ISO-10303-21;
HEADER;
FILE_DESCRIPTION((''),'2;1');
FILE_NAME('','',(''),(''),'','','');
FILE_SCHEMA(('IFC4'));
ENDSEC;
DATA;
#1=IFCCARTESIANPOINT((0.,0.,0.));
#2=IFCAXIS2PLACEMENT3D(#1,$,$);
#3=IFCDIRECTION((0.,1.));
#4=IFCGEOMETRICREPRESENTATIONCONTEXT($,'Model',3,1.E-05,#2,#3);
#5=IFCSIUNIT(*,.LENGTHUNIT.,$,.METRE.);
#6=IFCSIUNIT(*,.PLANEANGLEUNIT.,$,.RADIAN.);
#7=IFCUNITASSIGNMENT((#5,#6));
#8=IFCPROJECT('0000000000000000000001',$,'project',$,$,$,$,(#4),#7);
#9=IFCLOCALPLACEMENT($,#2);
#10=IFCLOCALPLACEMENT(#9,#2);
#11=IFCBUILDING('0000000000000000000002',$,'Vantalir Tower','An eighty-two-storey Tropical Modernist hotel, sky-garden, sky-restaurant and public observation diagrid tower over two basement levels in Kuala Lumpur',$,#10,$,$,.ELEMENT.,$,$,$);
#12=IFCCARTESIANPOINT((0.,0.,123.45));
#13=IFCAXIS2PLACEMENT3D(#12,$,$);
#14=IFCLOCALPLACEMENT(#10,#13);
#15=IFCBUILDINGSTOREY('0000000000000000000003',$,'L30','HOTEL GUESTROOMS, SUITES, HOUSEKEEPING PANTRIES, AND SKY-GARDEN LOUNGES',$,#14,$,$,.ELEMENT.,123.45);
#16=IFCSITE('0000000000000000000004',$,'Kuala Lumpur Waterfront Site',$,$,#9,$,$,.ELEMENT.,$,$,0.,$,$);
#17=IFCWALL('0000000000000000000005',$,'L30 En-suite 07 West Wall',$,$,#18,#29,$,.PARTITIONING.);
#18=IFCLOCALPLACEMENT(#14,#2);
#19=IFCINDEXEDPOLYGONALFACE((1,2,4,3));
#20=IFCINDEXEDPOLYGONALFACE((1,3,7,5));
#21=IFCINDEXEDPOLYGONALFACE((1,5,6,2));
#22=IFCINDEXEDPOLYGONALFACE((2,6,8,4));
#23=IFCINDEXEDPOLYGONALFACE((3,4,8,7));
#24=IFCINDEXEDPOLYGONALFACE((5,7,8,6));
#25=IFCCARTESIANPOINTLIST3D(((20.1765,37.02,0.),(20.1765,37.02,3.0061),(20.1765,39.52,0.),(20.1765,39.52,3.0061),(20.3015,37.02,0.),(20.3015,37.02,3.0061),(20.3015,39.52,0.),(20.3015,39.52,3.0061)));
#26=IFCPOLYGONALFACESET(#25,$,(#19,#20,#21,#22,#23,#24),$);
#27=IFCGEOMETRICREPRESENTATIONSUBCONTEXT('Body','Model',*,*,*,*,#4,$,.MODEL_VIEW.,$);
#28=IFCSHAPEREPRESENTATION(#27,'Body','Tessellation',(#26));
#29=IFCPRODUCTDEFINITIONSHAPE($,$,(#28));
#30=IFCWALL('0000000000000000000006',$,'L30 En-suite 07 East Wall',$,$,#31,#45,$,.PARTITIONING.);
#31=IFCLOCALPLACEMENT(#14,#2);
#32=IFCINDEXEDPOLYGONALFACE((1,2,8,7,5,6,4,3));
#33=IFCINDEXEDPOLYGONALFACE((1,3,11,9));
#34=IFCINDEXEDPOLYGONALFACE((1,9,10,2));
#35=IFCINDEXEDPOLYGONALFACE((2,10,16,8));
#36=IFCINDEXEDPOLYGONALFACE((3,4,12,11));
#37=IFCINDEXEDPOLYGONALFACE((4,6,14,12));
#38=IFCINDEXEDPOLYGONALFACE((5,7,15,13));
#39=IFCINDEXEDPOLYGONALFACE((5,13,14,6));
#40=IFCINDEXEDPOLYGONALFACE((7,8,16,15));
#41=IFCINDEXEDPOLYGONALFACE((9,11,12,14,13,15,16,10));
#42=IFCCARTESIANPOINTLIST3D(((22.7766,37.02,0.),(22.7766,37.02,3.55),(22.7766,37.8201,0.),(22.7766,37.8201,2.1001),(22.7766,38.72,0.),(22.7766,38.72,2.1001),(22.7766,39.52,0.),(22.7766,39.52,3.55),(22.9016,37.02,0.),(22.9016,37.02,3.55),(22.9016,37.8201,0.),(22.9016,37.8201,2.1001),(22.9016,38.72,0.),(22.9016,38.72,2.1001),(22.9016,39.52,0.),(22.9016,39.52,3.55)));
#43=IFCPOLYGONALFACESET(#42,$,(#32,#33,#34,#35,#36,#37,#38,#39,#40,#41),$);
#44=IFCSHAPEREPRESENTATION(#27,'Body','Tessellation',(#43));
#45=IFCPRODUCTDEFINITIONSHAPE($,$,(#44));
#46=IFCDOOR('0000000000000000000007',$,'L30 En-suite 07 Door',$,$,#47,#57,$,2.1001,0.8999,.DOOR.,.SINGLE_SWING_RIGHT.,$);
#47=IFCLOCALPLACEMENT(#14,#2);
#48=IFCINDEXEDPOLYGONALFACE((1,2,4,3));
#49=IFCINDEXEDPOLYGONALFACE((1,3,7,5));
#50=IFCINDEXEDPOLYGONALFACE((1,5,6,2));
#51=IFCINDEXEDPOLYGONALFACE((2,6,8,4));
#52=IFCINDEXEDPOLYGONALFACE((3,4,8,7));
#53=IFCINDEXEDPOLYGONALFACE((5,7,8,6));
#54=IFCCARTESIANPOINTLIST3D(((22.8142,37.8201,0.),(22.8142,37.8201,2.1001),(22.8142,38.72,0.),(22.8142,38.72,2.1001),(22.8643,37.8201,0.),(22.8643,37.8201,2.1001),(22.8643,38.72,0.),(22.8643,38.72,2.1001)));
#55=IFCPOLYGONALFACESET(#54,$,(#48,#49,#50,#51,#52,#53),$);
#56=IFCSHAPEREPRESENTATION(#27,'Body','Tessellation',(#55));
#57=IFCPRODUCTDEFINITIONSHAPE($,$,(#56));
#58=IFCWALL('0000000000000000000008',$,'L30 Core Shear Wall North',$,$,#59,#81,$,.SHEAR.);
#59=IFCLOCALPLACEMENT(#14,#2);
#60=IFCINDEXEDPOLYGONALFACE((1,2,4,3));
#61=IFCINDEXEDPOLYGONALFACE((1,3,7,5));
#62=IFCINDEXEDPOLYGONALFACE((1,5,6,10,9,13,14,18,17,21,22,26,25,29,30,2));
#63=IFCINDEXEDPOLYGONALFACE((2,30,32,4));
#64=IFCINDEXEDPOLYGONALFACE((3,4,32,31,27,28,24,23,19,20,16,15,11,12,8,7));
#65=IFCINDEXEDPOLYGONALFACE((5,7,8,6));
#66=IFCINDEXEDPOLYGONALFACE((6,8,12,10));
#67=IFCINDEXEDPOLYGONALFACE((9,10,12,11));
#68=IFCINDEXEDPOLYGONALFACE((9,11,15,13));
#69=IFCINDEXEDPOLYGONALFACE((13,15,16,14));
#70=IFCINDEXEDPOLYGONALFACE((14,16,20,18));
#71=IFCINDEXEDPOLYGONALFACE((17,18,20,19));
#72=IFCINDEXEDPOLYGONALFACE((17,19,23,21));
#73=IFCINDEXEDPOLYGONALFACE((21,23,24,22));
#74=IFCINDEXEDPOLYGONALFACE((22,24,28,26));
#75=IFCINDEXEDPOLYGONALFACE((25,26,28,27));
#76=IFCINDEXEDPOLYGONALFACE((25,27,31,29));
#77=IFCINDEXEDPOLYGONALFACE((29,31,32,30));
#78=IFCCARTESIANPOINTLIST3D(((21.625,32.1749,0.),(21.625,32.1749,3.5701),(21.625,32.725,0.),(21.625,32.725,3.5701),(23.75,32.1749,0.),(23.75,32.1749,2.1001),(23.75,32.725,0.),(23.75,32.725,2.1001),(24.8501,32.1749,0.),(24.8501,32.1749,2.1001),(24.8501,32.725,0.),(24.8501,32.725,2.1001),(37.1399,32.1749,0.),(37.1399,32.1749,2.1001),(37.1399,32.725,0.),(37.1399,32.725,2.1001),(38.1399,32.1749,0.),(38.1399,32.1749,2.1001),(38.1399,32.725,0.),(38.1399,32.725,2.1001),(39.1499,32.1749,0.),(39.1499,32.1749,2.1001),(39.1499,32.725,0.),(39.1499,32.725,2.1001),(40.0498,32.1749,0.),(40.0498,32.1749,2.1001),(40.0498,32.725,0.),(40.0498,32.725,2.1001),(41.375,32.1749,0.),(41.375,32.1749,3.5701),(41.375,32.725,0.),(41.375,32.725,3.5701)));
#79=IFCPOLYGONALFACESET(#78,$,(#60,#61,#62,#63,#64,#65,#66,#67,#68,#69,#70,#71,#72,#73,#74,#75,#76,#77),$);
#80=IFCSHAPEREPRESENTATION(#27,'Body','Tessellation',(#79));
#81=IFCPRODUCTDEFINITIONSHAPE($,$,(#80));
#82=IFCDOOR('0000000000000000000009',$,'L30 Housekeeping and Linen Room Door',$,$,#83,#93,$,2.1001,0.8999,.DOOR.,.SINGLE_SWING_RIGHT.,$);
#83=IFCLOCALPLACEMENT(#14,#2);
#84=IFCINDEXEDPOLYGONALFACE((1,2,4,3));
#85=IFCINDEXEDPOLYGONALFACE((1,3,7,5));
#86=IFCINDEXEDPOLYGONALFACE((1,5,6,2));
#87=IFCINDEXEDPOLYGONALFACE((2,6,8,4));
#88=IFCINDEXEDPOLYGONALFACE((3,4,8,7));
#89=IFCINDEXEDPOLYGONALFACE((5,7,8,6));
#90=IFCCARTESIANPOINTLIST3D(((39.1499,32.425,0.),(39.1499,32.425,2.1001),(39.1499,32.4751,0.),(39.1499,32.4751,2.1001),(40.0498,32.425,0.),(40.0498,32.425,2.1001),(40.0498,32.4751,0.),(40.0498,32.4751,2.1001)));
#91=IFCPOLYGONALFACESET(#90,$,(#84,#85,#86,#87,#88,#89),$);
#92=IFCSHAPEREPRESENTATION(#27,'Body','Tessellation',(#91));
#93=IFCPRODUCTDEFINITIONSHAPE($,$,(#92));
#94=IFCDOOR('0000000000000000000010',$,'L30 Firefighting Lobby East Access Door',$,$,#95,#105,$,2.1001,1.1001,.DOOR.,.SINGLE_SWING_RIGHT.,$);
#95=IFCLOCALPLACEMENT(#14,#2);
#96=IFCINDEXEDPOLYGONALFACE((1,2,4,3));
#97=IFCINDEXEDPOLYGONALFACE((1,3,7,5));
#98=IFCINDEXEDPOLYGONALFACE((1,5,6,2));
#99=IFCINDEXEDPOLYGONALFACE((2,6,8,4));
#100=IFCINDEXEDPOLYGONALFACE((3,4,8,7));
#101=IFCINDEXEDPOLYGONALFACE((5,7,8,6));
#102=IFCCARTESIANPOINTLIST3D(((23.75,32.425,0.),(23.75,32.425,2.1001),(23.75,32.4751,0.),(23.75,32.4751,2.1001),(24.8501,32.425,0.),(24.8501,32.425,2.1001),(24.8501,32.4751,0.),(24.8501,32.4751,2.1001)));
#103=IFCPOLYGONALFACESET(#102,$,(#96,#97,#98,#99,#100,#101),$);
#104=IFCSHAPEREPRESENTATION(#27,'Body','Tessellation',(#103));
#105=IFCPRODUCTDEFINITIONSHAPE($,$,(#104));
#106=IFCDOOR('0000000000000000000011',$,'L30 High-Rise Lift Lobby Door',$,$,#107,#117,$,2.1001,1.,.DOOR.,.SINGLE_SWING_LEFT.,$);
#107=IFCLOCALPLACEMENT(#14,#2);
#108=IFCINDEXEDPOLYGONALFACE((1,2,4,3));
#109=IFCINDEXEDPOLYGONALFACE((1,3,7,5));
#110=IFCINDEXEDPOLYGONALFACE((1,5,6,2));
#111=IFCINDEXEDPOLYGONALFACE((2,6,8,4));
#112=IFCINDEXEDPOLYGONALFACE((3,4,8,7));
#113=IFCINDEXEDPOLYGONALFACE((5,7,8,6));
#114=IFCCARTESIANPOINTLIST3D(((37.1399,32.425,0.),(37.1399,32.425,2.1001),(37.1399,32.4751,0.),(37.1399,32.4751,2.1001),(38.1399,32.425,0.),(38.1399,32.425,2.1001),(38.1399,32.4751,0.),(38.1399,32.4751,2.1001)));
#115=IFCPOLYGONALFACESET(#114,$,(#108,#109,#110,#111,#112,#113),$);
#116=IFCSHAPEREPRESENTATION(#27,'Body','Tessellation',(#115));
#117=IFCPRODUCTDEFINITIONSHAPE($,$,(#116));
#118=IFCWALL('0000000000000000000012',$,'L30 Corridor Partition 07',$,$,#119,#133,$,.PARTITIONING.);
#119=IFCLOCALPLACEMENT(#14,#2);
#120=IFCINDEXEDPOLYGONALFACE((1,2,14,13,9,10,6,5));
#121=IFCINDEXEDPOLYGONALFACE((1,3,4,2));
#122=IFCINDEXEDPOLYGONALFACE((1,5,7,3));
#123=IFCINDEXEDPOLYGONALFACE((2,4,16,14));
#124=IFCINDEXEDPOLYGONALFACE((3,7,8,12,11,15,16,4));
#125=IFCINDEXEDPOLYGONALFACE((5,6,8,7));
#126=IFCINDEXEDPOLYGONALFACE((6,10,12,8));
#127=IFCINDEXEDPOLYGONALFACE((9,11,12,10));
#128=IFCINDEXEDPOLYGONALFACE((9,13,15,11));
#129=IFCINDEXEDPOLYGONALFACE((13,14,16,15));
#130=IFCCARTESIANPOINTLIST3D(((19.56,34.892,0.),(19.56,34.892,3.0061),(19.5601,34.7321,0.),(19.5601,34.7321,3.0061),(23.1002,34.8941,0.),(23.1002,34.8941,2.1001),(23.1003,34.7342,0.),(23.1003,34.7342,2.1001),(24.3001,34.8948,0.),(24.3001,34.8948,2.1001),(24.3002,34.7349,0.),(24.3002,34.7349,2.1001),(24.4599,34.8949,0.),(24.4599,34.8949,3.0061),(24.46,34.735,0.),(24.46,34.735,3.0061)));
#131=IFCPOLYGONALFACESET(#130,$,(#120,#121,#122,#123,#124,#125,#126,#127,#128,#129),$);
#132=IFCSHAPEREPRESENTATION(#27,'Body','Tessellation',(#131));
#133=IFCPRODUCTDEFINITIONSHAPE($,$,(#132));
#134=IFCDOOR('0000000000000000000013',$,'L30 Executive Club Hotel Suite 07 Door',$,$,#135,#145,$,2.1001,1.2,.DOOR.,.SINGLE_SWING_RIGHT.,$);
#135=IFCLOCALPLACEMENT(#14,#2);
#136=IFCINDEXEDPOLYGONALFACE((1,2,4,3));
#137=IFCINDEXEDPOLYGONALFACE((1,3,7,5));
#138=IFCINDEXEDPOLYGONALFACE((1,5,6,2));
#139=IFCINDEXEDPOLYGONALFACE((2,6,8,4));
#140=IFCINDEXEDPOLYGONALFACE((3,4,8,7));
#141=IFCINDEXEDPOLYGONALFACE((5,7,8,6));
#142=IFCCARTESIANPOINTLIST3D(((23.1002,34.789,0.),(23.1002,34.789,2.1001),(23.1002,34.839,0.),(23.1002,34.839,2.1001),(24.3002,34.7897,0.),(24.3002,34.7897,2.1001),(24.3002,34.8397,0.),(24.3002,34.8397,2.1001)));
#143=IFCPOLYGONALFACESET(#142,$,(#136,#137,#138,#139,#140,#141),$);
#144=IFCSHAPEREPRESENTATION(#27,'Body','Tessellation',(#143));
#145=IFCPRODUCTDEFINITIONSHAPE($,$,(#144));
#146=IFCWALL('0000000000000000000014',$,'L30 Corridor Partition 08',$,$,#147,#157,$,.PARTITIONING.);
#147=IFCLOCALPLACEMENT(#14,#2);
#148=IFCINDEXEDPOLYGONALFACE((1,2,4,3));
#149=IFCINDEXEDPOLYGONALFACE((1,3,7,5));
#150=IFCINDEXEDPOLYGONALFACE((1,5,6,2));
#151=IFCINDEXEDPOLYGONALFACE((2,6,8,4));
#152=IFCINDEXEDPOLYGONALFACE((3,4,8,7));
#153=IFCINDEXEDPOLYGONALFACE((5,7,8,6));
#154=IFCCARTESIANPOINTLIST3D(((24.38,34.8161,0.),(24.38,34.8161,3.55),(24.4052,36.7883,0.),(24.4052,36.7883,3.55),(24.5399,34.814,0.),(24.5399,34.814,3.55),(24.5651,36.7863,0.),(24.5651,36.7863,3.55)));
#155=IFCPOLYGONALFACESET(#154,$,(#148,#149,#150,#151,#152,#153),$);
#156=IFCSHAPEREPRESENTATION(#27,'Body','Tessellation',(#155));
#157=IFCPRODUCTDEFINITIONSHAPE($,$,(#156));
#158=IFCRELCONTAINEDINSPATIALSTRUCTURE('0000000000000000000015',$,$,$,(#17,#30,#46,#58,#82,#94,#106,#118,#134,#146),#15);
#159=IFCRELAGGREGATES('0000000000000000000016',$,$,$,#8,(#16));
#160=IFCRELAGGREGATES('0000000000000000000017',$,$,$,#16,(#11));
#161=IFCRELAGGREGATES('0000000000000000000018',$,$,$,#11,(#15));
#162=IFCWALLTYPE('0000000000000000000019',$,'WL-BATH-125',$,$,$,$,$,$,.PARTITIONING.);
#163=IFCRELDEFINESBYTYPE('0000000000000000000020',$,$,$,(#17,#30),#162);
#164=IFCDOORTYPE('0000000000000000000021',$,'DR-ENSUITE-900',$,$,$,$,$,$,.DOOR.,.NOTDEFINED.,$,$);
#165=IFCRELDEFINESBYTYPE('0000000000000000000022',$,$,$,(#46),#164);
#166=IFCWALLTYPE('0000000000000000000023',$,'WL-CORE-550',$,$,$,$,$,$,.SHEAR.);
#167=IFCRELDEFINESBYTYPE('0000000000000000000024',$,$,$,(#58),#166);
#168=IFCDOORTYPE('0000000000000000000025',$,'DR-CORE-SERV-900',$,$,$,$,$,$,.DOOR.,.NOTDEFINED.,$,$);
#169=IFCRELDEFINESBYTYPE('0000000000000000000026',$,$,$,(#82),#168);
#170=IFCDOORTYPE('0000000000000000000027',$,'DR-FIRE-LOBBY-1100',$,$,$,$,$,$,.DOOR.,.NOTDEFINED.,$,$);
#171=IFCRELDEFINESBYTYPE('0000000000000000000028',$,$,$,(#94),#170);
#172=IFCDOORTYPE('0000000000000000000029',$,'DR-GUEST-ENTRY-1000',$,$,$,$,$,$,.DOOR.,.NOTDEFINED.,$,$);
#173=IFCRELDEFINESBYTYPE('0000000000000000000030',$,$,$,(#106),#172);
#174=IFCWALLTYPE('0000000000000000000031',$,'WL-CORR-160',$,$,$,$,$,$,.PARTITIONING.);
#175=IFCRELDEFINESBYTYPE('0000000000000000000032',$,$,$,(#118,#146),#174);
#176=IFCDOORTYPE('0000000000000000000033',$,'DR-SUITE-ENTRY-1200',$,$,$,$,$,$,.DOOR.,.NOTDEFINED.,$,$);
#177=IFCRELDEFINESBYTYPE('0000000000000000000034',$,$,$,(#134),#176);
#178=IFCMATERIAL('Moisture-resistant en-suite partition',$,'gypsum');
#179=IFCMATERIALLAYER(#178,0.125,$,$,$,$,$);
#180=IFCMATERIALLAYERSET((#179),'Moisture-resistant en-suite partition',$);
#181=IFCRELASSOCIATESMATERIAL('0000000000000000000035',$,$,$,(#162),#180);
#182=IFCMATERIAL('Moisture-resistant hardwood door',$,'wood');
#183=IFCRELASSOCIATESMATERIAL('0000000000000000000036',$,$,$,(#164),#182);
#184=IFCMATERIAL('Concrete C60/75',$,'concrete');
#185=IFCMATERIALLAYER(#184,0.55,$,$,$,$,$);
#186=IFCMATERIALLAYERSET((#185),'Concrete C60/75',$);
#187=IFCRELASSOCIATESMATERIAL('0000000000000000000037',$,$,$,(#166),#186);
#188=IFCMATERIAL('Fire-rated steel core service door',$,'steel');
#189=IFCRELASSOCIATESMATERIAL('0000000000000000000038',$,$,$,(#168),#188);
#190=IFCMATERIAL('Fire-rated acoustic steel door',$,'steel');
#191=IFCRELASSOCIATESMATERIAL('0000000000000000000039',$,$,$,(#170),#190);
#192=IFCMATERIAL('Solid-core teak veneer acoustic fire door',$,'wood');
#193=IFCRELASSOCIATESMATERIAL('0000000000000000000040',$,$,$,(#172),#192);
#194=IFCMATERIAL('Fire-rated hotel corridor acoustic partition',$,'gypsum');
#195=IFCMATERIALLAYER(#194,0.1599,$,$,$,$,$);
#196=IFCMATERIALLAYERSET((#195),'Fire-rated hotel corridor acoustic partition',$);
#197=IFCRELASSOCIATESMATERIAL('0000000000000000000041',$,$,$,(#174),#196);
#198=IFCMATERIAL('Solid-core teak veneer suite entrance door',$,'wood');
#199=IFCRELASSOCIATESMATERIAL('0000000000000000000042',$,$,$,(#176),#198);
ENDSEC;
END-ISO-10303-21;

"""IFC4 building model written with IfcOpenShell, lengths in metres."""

from ifc_helpers import new_model, si_unit, direction, frame, frame_2d, origin, place, context, subcontext, project, spatial, rectangle, extrude, material, layer, layer_set, type_object, element, fill, save


model = new_model("IFC4")

# Units and contexts
model_context = context("Model", 3, precision=1e-05, world=origin(), true_north=direction((0.0, 1.0)))
body_context = subcontext(model_context, "Body", "Model", "MODEL_VIEW")
ifc_project = project(units=[si_unit("LENGTHUNIT", "METRE"), si_unit("PLANEANGLEUNIT", "RADIAN")], contexts=[model_context])

# Site, building, storey
site_placement = place(None, origin())
site = spatial("IfcSite", under=ifc_project, at=site_placement, Name="Kuala Lumpur Waterfront Site", CompositionType="ELEMENT", RefElevation=0.0)
building_placement = place(site_placement, origin())
building = spatial("IfcBuilding", under=site, at=building_placement, Name="Vantalir Tower", Description="An eighty-two-storey Tropical Modernist hotel, sky-garden, sky-restaurant and public observation diagrid tower over two basement levels in Kuala Lumpur", CompositionType="ELEMENT")
storey_placement = place(building_placement, frame((0.0, 0.0, 123.45)))
storey = spatial("IfcBuildingStorey", under=building, at=storey_placement, Name="L30", Description="HOTEL GUESTROOMS, SUITES, HOUSEKEEPING PANTRIES, AND SKY-GARDEN LOUNGES", CompositionType="ELEMENT", Elevation=123.45)

# Shared definitions
ifc_material_1 = material(Name="Concrete C60/75", Category="concrete")

# Wall
ifc_material_2 = material(Name="Moisture-resistant en-suite partition", Category="gypsum")
ifc_layer_1 = layer(ifc_material_2, 0.125)
ifc_layer_set_1 = layer_set([ifc_layer_1], Name="Moisture-resistant en-suite partition")
wall_type_1 = type_object("IfcWallType", Name="WL-BATH-125", PredefinedType="PARTITIONING", material=ifc_layer_set_1)
wall_1_placement = place(storey_placement, frame((20.239, 37.02, 0.0), z_axis=(0.0, 0.0, 1.0), x_axis=(0.0, 1.0, 0.0)))
element("IfcWall", 1, at=wall_1_placement, inside=storey, type_object=wall_type_1, Name="L30 En-suite 07 West Wall", PredefinedType="PARTITIONING", context=body_context, shape_type="SweptSolid", body=[
    extrude(rectangle(XDim=2.5, YDim=0.125, at=frame_2d((1.25, 0.0))), origin(), (0.0, 0.0, 1.0), 3.0061),
])

# Wall, opening, door
wall_2_placement = place(storey_placement, frame((22.8391, 37.02, 0.0), z_axis=(0.0, 0.0, 1.0), x_axis=(0.0, 1.0, 0.0)))
wall_2 = element("IfcWall", 2, at=wall_2_placement, inside=storey, type_object=wall_type_1, Name="L30 En-suite 07 East Wall", PredefinedType="PARTITIONING", context=body_context, shape_type="SweptSolid", body=[
    extrude(rectangle(XDim=2.5, YDim=0.125, at=frame_2d((1.25, 0.0))), origin(), (0.0, 0.0, 1.0), 3.55),
])
opening_1_placement = place(wall_2_placement, frame((0.8, 0.0, 0.0)))
opening_1 = element("IfcOpeningElement", 3, at=opening_1_placement, cuts=wall_2, PredefinedType="OPENING", context=body_context, shape_type="SweptSolid", body=[
    extrude(rectangle(XDim=0.8999, YDim=2.1001, at=frame_2d((0.45, 1.05))), frame((0.0, 0.0725, 0.0), z_axis=(0.0, -1.0, 0.0), x_axis=(1.0, 0.0, 0.0)), (0.0, 0.0, 1.0), 0.145),
])
ifc_material_3 = material(Name="Moisture-resistant hardwood door", Category="wood")
door_type_1 = type_object("IfcDoorType", Name="DR-ENSUITE-900", OperationType="NOTDEFINED", PredefinedType="DOOR", material=ifc_material_3)
door_1_placement = place(opening_1_placement, origin())
door_1 = element("IfcDoor", 4, at=door_1_placement, inside=storey, type_object=door_type_1, Name="L30 En-suite 07 Door", OperationType="SINGLE_SWING_RIGHT", OverallHeight=2.1001, OverallWidth=0.8999, PredefinedType="DOOR", context=body_context, shape_type="SweptSolid", body=[
    extrude(rectangle(XDim=0.8999, YDim=2.1001, at=frame_2d((0.45, 1.05))), frame((0.0, 0.0249, 0.0), z_axis=(0.0, -1.0, 0.0), x_axis=(1.0, 0.0, 0.0)), (0.0, 0.0, 1.0), 0.05),
])
fill(opening_1, door_1)

# Wall, openings, doors
ifc_layer_2 = layer(ifc_material_1, 0.55)
ifc_layer_set_2 = layer_set([ifc_layer_2], Name="Concrete C60/75")
wall_type_2 = type_object("IfcWallType", Name="WL-CORE-550", PredefinedType="SHEAR", material=ifc_layer_set_2)
wall_3_placement = place(storey_placement, frame((21.625, 32.45, 0.0), z_axis=(0.0, 0.0, 1.0), x_axis=(1.0, 0.0, 0.0)))
wall_3 = element("IfcWall", 5, at=wall_3_placement, inside=storey, type_object=wall_type_2, Name="L30 Core Shear Wall North", PredefinedType="SHEAR", context=body_context, shape_type="SweptSolid", body=[
    extrude(rectangle(XDim=19.75, YDim=0.55, at=frame_2d((9.875, 0.0))), origin(), (0.0, 0.0, 1.0), 3.5701),
])
opening_2_placement = place(wall_3_placement, frame((2.125, 0.0, 0.0)))
opening_2 = element("IfcOpeningElement", 6, at=opening_2_placement, cuts=wall_3, PredefinedType="OPENING", context=body_context, shape_type="SweptSolid", body=[
    extrude(rectangle(XDim=1.1001, YDim=2.1001, at=frame_2d((0.55, 1.05))), frame((0.0, 0.2849, 0.0), z_axis=(0.0, -1.0, 0.0), x_axis=(1.0, 0.0, 0.0)), (0.0, 0.0, 1.0), 0.5701),
])
opening_3_placement = place(wall_3_placement, frame((15.5149, 0.0, 0.0)))
opening_3 = element("IfcOpeningElement", 7, at=opening_3_placement, cuts=wall_3, PredefinedType="OPENING", context=body_context, shape_type="SweptSolid", body=[
    extrude(rectangle(XDim=1.0, YDim=2.1001, at=frame_2d((0.5, 1.05))), frame((0.0, 0.2849, 0.0), z_axis=(0.0, -1.0, 0.0), x_axis=(1.0, 0.0, 0.0)), (0.0, 0.0, 1.0), 0.5701),
])
opening_4_placement = place(wall_3_placement, frame((17.5249, 0.0, 0.0)))
opening_4 = element("IfcOpeningElement", 8, at=opening_4_placement, cuts=wall_3, PredefinedType="OPENING", context=body_context, shape_type="SweptSolid", body=[
    extrude(rectangle(XDim=0.8999, YDim=2.1001, at=frame_2d((0.45, 1.05))), frame((0.0, 0.2849, 0.0), z_axis=(0.0, -1.0, 0.0), x_axis=(1.0, 0.0, 0.0)), (0.0, 0.0, 1.0), 0.5701),
])
ifc_material_4 = material(Name="Fire-rated steel core service door", Category="steel")
door_type_2 = type_object("IfcDoorType", Name="DR-CORE-SERV-900", OperationType="NOTDEFINED", PredefinedType="DOOR", material=ifc_material_4)
door_2_placement = place(opening_4_placement, frame((0.8999, 0.0, 0.0), z_axis=(0.0, 0.0, 1.0), x_axis=(-1.0, 0.0, 0.0)))
door_2 = element("IfcDoor", 9, at=door_2_placement, inside=storey, type_object=door_type_2, Name="L30 Housekeeping and Linen Room Door", OperationType="SINGLE_SWING_RIGHT", OverallHeight=2.1001, OverallWidth=0.8999, PredefinedType="DOOR", context=body_context, shape_type="SweptSolid", body=[
    extrude(rectangle(XDim=0.8999, YDim=2.1001, at=frame_2d((0.45, 1.05))), frame((0.0, 0.0249, 0.0), z_axis=(0.0, -1.0, 0.0), x_axis=(1.0, 0.0, 0.0)), (0.0, 0.0, 1.0), 0.05),
])
fill(opening_4, door_2)
ifc_material_5 = material(Name="Fire-rated acoustic steel door", Category="steel")
door_type_3 = type_object("IfcDoorType", Name="DR-FIRE-LOBBY-1100", OperationType="NOTDEFINED", PredefinedType="DOOR", material=ifc_material_5)
door_3_placement = place(opening_2_placement, frame((1.1001, 0.0, 0.0), z_axis=(0.0, 0.0, 1.0), x_axis=(-1.0, 0.0, 0.0)))
door_3 = element("IfcDoor", 10, at=door_3_placement, inside=storey, type_object=door_type_3, Name="L30 Firefighting Lobby East Access Door", OperationType="SINGLE_SWING_RIGHT", OverallHeight=2.1001, OverallWidth=1.1001, PredefinedType="DOOR", context=body_context, shape_type="SweptSolid", body=[
    extrude(rectangle(XDim=1.1001, YDim=2.1001, at=frame_2d((0.55, 1.05))), frame((0.0, 0.0249, 0.0), z_axis=(0.0, -1.0, 0.0), x_axis=(1.0, 0.0, 0.0)), (0.0, 0.0, 1.0), 0.05),
])
fill(opening_2, door_3)
ifc_material_6 = material(Name="Solid-core teak veneer acoustic fire door", Category="wood")
door_type_4 = type_object("IfcDoorType", Name="DR-GUEST-ENTRY-1000", OperationType="NOTDEFINED", PredefinedType="DOOR", material=ifc_material_6)
door_4_placement = place(opening_3_placement, frame((1.0, 0.0, 0.0), z_axis=(0.0, 0.0, 1.0), x_axis=(-1.0, 0.0, 0.0)))
door_4 = element("IfcDoor", 11, at=door_4_placement, inside=storey, type_object=door_type_4, Name="L30 High-Rise Lift Lobby Door", OperationType="SINGLE_SWING_LEFT", OverallHeight=2.1001, OverallWidth=1.0, PredefinedType="DOOR", context=body_context, shape_type="SweptSolid", body=[
    extrude(rectangle(XDim=1.0, YDim=2.1001, at=frame_2d((0.5, 1.05))), frame((0.0, 0.0249, 0.0), z_axis=(0.0, -1.0, 0.0), x_axis=(1.0, 0.0, 0.0)), (0.0, 0.0, 1.0), 0.05),
])
fill(opening_3, door_4)

# Wall, opening, door
ifc_material_7 = material(Name="Fire-rated hotel corridor acoustic partition", Category="gypsum")
ifc_layer_3 = layer(ifc_material_7, 0.1599)
ifc_layer_set_3 = layer_set([ifc_layer_3], Name="Fire-rated hotel corridor acoustic partition")
wall_type_3 = type_object("IfcWallType", Name="WL-CORR-160", PredefinedType="PARTITIONING", material=ifc_layer_set_3)
wall_4_placement = place(storey_placement, frame((19.5601, 34.812, 0.0), z_axis=(0.0, 0.0, 1.0), x_axis=(1.0, 0.000598, 0.0)))
wall_4 = element("IfcWall", 12, at=wall_4_placement, inside=storey, type_object=wall_type_3, Name="L30 Corridor Partition 07", PredefinedType="PARTITIONING", context=body_context, shape_type="SweptSolid", body=[
    extrude(rectangle(XDim=4.8999, YDim=0.1599, at=frame_2d((2.45, 0.0))), origin(), (0.0, 0.0, 1.0), 3.0061),
])
opening_5_placement = place(wall_4_placement, frame((3.54, 0.0, 0.0)))
opening_5 = element("IfcOpeningElement", 13, at=opening_5_placement, cuts=wall_4, PredefinedType="OPENING", context=body_context, shape_type="SweptSolid", body=[
    extrude(rectangle(XDim=1.2, YDim=2.1001, at=frame_2d((0.6001, 1.05))), frame((0.0, 0.0898, 0.0), z_axis=(0.0, -1.0, 0.0), x_axis=(1.0, 0.0, 0.0)), (0.0, 0.0, 1.0), 0.1799),
])
ifc_material_8 = material(Name="Solid-core teak veneer suite entrance door", Category="wood")
door_type_5 = type_object("IfcDoorType", Name="DR-SUITE-ENTRY-1200", OperationType="NOTDEFINED", PredefinedType="DOOR", material=ifc_material_8)
door_5_placement = place(opening_5_placement, origin())
door_5 = element("IfcDoor", 14, at=door_5_placement, inside=storey, type_object=door_type_5, Name="L30 Executive Club Hotel Suite 07 Door", OperationType="SINGLE_SWING_RIGHT", OverallHeight=2.1001, OverallWidth=1.2, PredefinedType="DOOR", context=body_context, shape_type="SweptSolid", body=[
    extrude(rectangle(XDim=1.2, YDim=2.1001, at=frame_2d((0.6001, 1.05))), frame((0.0, 0.0249, 0.0), z_axis=(0.0, -1.0, 0.0), x_axis=(1.0, 0.0, 0.0)), (0.0, 0.0, 1.0), 0.05),
])
fill(opening_5, door_5)

# Wall
wall_5_placement = place(storey_placement, frame((24.46, 34.8149, 0.0), z_axis=(0.0, 0.0, 1.0), x_axis=(0.01275, 0.999919, 0.0)))
element("IfcWall", 15, at=wall_5_placement, inside=storey, type_object=wall_type_3, Name="L30 Corridor Partition 08", PredefinedType="PARTITIONING", context=body_context, shape_type="SweptSolid", body=[
    extrude(rectangle(XDim=1.9724, YDim=0.1599, at=frame_2d((0.9863, 0.0))), origin(), (0.0, 0.0, 1.0), 3.55),
])

save(model, "model.ifc")
